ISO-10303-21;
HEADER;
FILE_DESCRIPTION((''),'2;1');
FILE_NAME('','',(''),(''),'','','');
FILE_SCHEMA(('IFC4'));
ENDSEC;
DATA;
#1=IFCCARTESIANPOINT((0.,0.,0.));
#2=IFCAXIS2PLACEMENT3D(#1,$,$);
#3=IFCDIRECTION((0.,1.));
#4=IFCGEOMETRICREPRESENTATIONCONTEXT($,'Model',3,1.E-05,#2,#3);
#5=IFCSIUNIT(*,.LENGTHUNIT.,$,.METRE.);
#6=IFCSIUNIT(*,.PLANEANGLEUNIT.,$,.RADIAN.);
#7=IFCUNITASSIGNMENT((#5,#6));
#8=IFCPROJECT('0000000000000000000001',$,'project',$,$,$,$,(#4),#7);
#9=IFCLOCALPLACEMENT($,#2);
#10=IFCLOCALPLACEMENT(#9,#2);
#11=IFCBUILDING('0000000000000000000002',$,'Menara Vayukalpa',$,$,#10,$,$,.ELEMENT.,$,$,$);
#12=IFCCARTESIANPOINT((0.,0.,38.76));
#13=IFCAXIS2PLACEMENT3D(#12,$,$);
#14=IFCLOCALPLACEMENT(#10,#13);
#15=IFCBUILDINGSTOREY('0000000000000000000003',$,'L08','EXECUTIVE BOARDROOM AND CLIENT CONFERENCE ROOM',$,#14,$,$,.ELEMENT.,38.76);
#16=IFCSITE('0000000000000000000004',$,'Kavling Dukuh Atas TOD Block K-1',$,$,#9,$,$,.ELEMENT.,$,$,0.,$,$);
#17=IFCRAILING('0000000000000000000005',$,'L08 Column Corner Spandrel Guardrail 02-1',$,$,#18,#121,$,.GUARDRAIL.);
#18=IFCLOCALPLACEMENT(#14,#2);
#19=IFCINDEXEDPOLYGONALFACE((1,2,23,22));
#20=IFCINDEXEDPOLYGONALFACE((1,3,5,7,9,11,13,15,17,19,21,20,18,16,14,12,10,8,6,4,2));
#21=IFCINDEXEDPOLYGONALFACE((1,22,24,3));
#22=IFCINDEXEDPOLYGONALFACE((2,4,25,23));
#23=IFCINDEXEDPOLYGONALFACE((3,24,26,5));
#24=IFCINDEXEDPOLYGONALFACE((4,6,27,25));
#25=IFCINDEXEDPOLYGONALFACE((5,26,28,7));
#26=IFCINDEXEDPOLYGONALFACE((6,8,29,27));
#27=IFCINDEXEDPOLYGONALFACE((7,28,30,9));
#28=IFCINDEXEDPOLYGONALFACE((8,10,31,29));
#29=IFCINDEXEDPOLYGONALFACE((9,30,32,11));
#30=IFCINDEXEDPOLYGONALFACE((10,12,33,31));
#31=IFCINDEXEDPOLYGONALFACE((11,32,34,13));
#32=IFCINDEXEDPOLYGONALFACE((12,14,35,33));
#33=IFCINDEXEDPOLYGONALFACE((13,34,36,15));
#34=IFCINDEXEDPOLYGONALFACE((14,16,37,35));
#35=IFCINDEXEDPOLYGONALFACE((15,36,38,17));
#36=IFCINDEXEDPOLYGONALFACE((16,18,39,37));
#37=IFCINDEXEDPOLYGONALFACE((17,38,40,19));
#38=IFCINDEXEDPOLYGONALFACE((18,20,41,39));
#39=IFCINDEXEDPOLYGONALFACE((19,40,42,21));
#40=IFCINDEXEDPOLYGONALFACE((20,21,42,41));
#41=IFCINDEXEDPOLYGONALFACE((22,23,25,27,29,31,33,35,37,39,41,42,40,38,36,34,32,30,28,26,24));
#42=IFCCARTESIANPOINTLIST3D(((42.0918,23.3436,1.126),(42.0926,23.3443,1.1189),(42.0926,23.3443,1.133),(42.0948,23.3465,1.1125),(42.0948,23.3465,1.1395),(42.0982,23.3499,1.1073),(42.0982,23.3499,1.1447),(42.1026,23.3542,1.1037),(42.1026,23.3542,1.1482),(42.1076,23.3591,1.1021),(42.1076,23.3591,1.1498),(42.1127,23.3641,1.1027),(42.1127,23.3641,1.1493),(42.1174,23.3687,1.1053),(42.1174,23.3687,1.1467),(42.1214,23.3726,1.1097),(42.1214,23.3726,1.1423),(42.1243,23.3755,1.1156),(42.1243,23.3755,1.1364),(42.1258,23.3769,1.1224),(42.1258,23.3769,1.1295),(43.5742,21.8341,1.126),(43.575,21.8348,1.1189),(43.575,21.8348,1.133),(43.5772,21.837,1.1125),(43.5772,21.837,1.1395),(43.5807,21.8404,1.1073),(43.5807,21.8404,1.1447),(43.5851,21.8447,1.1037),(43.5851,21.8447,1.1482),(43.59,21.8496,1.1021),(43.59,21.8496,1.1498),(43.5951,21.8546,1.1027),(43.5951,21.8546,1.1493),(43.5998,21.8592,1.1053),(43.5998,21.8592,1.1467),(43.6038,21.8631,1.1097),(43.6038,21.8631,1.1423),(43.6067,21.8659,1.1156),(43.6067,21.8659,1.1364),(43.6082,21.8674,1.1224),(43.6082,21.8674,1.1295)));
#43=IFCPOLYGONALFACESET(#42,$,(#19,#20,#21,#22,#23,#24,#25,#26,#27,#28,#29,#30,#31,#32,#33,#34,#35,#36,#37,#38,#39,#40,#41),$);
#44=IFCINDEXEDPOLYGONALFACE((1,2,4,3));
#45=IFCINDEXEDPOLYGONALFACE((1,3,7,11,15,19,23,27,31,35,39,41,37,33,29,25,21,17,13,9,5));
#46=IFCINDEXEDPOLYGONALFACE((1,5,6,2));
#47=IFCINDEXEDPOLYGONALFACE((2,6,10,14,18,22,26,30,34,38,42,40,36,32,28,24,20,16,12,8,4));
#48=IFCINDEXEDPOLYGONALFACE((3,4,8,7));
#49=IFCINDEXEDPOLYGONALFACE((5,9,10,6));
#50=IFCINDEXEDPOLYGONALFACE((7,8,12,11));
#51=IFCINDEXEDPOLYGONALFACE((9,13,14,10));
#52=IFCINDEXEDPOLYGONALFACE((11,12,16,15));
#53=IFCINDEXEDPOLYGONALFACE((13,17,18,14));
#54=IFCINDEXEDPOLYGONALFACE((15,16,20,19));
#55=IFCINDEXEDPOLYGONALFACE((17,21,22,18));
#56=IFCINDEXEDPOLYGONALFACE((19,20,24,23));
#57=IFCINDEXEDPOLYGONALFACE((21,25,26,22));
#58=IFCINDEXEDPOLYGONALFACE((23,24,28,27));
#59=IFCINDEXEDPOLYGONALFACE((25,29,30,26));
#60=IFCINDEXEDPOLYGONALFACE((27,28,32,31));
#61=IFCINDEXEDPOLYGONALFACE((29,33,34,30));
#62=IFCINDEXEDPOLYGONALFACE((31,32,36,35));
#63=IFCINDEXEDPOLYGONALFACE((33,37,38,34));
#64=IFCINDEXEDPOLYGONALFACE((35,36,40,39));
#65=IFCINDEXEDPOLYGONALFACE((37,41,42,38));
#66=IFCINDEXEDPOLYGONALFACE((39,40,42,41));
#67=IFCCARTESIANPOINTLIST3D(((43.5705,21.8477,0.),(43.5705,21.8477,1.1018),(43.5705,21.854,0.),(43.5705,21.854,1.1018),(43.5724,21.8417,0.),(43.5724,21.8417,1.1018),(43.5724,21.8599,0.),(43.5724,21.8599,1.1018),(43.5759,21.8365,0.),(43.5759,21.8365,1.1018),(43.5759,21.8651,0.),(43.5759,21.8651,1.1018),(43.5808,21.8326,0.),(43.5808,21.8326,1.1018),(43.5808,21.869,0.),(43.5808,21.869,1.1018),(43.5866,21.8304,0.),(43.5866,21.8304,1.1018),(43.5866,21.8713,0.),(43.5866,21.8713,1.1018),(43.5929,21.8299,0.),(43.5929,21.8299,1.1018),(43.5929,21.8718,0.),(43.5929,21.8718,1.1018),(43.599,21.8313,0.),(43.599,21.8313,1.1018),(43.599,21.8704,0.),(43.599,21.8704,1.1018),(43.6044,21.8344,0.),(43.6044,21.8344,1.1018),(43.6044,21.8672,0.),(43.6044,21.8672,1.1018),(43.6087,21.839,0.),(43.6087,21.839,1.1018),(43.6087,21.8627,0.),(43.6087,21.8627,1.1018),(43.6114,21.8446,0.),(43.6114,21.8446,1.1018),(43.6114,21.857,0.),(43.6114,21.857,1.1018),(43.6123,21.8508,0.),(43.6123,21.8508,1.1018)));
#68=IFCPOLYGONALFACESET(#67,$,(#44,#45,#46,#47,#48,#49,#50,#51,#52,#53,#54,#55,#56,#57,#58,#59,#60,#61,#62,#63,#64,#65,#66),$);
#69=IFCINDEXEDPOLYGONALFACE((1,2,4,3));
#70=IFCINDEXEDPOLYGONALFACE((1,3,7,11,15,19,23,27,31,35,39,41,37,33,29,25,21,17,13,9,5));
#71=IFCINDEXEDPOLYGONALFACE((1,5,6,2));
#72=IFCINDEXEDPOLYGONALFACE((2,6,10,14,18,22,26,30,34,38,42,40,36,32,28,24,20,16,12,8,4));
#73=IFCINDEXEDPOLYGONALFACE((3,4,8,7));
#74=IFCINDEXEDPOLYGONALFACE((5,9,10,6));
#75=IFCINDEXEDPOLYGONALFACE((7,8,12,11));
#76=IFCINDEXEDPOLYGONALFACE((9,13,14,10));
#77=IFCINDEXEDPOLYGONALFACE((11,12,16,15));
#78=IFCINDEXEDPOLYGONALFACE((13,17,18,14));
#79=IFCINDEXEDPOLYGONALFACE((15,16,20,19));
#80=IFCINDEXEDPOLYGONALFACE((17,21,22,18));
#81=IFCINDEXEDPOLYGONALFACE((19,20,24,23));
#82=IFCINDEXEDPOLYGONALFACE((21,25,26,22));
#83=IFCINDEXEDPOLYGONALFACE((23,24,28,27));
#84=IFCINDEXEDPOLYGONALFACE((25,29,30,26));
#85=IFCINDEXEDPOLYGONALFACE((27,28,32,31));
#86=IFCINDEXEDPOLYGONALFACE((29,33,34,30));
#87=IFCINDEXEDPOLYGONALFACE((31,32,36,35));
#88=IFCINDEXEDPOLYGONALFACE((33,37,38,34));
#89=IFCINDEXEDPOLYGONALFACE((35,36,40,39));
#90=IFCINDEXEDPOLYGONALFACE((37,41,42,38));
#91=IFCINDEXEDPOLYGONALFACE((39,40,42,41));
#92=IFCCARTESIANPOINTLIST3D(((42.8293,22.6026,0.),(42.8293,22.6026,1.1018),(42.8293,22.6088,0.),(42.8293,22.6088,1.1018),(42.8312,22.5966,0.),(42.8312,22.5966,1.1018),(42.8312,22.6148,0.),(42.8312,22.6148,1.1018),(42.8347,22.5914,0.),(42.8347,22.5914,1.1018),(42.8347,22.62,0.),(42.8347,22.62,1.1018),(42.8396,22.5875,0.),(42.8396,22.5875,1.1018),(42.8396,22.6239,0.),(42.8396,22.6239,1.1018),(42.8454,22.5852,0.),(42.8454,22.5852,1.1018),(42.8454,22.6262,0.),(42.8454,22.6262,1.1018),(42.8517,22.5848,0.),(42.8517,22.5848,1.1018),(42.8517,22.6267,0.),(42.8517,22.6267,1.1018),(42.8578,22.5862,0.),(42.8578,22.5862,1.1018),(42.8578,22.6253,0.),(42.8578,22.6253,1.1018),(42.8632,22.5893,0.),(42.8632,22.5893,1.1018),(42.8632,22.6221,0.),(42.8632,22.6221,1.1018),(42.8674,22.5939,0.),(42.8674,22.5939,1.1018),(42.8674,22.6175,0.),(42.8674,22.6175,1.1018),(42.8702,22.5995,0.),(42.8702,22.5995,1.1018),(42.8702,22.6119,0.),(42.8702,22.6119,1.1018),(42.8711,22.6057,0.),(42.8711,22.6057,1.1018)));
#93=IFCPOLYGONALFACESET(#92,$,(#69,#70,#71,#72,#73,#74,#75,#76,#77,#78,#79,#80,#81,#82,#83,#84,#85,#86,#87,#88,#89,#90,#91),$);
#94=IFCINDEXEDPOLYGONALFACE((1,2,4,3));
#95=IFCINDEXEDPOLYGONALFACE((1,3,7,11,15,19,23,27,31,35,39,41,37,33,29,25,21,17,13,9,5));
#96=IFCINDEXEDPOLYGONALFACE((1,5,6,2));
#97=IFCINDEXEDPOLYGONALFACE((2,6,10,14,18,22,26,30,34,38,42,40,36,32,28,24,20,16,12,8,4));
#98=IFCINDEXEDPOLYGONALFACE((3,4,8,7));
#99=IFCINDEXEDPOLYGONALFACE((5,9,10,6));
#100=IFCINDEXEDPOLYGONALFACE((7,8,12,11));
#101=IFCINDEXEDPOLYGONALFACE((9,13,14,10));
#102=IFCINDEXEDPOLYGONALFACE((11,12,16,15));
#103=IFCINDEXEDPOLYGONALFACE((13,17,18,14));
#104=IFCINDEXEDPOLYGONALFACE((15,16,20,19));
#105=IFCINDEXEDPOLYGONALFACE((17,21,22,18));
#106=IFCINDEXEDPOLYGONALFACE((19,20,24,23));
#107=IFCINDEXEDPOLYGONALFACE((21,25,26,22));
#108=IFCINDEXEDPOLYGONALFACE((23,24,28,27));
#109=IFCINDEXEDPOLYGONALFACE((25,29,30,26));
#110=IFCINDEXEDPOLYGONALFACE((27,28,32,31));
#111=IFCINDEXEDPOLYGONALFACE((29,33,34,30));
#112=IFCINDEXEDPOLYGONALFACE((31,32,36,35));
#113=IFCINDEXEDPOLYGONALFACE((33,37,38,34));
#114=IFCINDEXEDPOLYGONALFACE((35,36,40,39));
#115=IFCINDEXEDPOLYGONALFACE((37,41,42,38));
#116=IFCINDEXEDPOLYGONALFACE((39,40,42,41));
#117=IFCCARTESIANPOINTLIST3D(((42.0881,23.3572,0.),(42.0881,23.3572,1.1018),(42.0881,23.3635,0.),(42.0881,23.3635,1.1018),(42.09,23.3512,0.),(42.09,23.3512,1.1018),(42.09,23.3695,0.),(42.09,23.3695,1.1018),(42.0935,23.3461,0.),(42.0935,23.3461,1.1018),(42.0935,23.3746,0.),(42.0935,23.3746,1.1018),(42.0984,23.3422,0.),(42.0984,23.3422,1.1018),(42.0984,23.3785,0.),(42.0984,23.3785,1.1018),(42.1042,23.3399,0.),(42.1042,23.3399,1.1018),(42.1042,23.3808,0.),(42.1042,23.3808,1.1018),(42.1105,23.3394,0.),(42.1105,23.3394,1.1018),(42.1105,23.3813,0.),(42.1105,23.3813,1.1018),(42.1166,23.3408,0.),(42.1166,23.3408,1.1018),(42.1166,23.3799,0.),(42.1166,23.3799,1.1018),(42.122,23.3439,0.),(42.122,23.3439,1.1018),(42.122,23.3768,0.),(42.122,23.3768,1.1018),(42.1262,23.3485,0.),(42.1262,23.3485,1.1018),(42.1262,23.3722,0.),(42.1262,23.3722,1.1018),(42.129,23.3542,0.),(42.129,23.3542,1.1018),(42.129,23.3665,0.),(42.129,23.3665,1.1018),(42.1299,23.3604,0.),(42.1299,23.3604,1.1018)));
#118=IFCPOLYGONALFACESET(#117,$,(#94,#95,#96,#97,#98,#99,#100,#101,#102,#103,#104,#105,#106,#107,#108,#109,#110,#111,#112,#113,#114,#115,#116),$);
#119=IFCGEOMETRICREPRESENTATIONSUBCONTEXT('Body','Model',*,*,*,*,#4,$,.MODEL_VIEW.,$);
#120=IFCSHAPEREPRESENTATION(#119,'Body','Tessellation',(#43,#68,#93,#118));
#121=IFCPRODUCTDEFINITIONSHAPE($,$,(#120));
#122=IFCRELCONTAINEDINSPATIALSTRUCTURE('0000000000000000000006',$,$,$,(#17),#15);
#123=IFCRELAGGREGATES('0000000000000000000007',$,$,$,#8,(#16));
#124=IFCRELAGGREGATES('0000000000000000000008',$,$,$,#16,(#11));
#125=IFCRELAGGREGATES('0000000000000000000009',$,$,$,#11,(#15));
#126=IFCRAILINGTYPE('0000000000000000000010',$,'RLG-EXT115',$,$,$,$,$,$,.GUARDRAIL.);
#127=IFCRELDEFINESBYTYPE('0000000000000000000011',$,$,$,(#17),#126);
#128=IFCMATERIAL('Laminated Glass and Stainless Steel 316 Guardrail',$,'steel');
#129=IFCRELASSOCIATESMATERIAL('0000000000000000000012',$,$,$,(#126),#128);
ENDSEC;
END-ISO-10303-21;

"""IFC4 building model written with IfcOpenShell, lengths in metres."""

from ifc_helpers import new_model, si_unit, direction, frame, origin, origin_2d, place, context, subcontext, project, spatial, circle, extrude, material, type_object, element, save


model = new_model("IFC4")

# Units and contexts
model_context = context("Model", 3, precision=1e-05, world=origin(), true_north=direction((0.0, 1.0)))
body_context = subcontext(model_context, "Body", "Model", "MODEL_VIEW")
ifc_project = project(units=[si_unit("LENGTHUNIT", "METRE"), si_unit("PLANEANGLEUNIT", "RADIAN")], contexts=[model_context])

# Site, building, storey
site_placement = place(None, origin())
site = spatial("IfcSite", under=ifc_project, at=site_placement, Name="Kavling Dukuh Atas TOD Block K-1", CompositionType="ELEMENT", RefElevation=0.0)
building_placement = place(site_placement, origin())
building = spatial("IfcBuilding", under=site, at=building_placement, Name="Menara Vayukalpa", CompositionType="ELEMENT")
storey_placement = place(building_placement, frame((0.0, 0.0, 38.76)))
storey = spatial("IfcBuildingStorey", under=building, at=storey_placement, Name="L08", Description="EXECUTIVE BOARDROOM AND CLIENT CONFERENCE ROOM", CompositionType="ELEMENT", Elevation=38.76)

# Railing
ifc_material_1 = material(Name="Laminated Glass and Stainless Steel 316 Guardrail", Category="steel")
railing_type = type_object("IfcRailingType", Name="RLG-EXT115", PredefinedType="GUARDRAIL", material=ifc_material_1)
railing_1_placement = place(storey_placement, frame((43.5913, 21.8508, 0.0)))
element("IfcRailing", 1, at=railing_1_placement, inside=storey, type_object=railing_type, Name="L08 Column Corner Spandrel Guardrail 02-1", PredefinedType="GUARDRAIL", context=body_context, shape_type="SweptSolid", body=[
    extrude(circle(Radius=0.0239, at=origin_2d()), frame((0.0, 0.0, 1.126), z_axis=(-0.700673, 0.713482, 0.0), x_axis=(-0.713482, -0.700673, 0.0)), (0.0, 0.0, 1.0), 2.1157),
    extrude(circle(Radius=0.021, at=origin_2d()), origin(), (0.0, 0.0, 1.0), 1.1018),
    extrude(circle(Radius=0.021, at=origin_2d()), frame((-0.7412, 0.7549, 0.0)), (0.0, 0.0, 1.0), 1.1018),
    extrude(circle(Radius=0.021, at=origin_2d()), frame((-1.4824, 1.5095, 0.0)), (0.0, 0.0, 1.0), 1.1018),
])

save(model, "model.ifc")
